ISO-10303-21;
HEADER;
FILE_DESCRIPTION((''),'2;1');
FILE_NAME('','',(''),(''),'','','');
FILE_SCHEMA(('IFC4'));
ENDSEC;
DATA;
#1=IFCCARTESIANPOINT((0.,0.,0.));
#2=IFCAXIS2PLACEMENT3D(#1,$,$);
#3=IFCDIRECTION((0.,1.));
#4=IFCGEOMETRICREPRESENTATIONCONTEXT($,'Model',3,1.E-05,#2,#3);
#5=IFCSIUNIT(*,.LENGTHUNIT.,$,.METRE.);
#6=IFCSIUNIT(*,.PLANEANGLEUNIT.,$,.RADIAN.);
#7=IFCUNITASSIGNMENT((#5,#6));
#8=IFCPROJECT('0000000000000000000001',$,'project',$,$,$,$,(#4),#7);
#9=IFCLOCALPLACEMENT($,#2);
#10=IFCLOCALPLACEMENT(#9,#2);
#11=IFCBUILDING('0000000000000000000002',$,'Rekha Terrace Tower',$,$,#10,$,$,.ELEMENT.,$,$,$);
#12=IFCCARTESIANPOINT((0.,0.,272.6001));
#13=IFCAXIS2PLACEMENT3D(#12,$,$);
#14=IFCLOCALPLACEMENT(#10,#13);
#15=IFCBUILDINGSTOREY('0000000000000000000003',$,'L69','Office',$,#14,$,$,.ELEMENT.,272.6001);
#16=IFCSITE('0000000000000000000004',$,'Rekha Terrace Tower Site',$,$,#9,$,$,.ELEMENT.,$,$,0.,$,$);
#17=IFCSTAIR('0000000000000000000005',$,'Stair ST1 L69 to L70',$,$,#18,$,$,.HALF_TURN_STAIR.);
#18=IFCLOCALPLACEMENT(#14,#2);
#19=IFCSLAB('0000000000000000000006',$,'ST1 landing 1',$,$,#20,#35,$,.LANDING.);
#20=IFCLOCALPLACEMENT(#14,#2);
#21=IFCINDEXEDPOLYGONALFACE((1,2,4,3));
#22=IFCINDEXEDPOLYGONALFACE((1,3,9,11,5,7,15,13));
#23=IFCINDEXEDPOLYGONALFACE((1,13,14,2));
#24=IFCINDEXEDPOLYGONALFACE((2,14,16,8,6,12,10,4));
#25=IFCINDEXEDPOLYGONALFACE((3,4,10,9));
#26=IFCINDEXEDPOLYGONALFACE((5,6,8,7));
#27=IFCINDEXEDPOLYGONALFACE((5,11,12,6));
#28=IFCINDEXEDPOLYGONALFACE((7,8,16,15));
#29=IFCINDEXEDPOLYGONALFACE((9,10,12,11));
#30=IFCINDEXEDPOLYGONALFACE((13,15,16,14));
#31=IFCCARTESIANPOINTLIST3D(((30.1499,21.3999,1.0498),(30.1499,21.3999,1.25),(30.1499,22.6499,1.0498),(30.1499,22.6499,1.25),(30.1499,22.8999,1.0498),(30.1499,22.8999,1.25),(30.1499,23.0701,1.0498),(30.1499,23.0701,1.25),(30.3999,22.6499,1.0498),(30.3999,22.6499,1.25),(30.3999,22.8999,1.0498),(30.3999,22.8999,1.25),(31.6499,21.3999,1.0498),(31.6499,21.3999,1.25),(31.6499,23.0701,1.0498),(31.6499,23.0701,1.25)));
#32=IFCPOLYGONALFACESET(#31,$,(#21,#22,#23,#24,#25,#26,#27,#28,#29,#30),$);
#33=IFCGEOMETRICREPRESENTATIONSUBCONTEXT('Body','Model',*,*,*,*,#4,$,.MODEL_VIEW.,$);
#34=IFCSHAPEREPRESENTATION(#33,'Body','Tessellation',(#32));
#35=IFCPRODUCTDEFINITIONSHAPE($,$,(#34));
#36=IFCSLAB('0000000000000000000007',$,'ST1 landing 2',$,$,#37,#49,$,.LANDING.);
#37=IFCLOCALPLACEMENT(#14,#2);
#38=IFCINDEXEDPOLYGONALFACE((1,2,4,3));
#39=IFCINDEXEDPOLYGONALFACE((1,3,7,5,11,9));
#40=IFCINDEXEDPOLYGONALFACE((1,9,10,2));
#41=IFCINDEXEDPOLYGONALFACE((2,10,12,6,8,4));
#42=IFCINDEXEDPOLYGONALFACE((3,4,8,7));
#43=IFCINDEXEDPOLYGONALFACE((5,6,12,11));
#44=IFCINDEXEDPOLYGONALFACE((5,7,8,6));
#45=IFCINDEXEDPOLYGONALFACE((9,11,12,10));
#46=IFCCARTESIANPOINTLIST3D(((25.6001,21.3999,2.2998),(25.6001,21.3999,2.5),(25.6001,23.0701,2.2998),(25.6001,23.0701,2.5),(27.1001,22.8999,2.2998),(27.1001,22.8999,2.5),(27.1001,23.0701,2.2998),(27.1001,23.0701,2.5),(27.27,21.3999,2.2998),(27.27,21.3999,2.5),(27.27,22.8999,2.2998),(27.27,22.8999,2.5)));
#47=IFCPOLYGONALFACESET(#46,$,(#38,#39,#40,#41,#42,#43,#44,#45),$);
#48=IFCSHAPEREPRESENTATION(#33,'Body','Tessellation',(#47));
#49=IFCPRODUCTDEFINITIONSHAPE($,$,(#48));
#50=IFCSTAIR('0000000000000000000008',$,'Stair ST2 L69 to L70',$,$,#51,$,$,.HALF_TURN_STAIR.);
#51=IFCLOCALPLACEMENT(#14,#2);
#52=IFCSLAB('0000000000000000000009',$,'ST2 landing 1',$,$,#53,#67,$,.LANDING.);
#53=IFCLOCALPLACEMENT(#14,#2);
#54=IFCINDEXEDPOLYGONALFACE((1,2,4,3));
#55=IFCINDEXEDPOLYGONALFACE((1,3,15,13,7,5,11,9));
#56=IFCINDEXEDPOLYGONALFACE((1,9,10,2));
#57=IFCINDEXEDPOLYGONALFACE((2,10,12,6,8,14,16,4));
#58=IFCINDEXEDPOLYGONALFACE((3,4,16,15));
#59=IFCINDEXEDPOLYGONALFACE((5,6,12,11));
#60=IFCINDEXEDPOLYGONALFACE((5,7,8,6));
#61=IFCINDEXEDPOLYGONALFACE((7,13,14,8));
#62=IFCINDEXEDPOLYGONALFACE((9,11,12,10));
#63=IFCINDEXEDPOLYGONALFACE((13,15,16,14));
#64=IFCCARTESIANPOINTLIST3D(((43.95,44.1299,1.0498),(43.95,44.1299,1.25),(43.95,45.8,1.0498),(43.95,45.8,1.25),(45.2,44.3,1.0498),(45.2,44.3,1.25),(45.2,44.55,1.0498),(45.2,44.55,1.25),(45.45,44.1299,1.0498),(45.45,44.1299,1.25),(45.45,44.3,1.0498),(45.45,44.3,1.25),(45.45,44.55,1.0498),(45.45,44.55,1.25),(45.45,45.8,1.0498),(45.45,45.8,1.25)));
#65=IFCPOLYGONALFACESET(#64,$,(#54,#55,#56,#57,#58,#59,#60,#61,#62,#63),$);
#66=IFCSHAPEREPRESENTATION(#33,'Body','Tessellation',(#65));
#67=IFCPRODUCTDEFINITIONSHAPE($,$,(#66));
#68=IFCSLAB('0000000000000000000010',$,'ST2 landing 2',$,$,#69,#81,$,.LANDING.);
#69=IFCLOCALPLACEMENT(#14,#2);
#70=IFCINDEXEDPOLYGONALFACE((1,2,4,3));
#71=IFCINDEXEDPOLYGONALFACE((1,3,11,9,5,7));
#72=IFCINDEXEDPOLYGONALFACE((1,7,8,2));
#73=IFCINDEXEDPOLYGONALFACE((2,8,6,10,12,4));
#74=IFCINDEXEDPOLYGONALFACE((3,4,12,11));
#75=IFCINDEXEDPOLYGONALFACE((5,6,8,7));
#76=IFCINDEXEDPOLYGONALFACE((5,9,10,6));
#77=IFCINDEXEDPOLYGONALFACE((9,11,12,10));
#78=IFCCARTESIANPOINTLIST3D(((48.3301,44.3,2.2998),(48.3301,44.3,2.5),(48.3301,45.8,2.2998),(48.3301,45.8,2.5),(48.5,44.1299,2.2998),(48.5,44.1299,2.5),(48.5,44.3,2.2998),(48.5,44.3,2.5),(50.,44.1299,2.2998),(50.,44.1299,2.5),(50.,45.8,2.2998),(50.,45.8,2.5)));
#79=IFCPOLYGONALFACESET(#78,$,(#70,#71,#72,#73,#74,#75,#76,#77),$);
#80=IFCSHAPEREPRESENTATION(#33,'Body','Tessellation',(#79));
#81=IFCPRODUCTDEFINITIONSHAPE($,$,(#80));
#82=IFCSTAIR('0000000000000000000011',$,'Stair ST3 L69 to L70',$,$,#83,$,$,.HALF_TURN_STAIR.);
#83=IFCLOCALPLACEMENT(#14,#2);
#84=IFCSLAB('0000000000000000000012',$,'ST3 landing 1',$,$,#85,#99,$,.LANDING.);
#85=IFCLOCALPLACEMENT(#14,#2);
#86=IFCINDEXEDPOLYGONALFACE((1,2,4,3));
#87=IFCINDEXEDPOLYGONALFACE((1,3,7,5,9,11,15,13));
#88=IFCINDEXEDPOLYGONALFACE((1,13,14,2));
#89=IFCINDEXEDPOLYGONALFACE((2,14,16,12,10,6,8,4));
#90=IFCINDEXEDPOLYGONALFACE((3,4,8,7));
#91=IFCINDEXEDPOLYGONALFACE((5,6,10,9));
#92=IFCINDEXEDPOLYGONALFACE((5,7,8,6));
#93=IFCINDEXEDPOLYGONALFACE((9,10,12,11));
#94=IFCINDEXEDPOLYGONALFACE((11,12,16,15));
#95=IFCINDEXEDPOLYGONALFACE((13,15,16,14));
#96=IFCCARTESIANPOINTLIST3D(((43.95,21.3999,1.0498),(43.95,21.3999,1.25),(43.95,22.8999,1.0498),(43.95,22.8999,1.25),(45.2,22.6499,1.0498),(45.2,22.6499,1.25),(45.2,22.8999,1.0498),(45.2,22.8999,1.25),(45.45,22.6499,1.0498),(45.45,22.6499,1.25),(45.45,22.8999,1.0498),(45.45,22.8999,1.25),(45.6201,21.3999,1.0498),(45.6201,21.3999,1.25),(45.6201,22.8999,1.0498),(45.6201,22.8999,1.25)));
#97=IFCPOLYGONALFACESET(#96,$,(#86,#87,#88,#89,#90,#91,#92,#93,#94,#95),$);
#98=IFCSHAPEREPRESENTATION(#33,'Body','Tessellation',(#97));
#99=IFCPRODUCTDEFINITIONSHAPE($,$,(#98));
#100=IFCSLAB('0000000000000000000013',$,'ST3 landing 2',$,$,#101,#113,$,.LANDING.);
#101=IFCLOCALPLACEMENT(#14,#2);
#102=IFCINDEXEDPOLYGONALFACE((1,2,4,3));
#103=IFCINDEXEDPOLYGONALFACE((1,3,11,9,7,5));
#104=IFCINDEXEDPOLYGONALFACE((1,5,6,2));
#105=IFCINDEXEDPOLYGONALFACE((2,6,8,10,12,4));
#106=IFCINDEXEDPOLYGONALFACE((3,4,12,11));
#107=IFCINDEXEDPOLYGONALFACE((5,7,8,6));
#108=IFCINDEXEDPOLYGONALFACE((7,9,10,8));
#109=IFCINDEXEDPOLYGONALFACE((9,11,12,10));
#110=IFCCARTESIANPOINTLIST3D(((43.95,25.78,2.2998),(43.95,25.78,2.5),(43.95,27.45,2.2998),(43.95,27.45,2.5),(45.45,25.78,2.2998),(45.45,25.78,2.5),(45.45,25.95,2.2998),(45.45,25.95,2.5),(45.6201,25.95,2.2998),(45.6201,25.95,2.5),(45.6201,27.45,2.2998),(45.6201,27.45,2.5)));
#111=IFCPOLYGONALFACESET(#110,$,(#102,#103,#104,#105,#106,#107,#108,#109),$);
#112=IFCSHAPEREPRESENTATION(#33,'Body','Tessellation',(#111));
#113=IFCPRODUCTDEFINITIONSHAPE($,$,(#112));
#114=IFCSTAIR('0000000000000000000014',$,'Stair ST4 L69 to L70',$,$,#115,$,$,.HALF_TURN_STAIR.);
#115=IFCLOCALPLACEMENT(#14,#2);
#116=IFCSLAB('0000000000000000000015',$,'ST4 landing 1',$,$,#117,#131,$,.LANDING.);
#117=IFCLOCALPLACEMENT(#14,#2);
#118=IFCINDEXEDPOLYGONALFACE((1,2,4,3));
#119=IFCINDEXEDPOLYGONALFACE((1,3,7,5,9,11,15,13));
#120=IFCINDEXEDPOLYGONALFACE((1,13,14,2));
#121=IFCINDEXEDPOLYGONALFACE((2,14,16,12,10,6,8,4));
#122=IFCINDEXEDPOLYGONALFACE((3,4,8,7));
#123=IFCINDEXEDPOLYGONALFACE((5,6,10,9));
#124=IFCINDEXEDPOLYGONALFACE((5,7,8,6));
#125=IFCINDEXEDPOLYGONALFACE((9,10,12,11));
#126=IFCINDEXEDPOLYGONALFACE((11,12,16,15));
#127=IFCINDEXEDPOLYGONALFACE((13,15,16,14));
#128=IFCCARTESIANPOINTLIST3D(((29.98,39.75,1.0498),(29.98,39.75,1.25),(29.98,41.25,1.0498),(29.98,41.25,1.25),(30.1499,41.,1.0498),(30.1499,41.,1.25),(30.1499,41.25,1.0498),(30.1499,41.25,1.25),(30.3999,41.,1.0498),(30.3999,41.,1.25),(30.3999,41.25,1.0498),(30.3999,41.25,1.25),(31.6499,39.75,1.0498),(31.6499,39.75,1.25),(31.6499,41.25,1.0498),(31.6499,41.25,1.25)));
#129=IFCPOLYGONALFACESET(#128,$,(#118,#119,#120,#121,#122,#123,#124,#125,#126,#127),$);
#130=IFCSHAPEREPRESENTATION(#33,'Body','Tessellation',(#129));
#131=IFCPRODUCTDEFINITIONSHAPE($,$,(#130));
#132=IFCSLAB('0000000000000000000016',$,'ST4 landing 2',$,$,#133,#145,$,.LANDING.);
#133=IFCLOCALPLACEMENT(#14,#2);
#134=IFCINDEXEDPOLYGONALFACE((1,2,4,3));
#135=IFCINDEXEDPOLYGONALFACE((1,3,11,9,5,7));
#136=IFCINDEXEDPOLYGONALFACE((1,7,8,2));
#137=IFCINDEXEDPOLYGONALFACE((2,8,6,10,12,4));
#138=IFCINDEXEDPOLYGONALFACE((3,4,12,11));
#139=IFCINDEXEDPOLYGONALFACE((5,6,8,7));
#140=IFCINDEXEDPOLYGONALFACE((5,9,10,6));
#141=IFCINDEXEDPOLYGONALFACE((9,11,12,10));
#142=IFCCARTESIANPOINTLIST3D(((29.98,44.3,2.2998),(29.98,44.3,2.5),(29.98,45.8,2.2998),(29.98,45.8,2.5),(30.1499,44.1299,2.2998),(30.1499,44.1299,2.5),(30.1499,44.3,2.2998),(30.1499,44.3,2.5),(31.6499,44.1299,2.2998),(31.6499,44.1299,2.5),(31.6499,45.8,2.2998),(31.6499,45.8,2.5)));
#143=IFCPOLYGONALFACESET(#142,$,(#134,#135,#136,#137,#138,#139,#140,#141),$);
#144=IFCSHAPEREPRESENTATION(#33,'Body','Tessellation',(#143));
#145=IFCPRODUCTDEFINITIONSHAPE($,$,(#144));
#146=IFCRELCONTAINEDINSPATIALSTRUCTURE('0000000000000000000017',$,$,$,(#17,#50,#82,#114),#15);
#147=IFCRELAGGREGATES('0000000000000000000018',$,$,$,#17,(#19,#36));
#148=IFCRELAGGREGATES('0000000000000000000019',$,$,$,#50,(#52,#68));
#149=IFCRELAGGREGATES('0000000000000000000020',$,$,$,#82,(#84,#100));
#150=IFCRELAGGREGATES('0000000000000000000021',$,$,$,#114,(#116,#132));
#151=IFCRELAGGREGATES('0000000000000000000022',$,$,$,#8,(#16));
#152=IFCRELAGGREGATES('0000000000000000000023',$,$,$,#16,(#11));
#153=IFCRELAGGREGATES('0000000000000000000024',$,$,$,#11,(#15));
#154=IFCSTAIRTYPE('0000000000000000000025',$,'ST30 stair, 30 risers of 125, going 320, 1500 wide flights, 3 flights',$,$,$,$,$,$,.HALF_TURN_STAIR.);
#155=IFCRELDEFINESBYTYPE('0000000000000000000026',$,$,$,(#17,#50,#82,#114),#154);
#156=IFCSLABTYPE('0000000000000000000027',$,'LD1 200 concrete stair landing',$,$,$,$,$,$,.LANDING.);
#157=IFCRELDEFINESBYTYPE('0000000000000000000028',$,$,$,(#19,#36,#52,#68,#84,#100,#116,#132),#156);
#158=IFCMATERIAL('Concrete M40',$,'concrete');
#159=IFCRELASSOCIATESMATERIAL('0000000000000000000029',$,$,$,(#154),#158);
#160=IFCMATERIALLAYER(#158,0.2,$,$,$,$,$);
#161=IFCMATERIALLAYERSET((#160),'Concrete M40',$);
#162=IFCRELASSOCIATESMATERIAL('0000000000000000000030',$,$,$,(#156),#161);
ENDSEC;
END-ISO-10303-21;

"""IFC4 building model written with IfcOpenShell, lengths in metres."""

from ifc_helpers import new_model, si_unit, direction, frame, origin, place, context, subcontext, project, spatial, polyline, outline, extrude, material, layer, layer_set, type_object, element, aggregate, save


model = new_model("IFC4")

# Units and contexts
model_context = context("Model", 3, precision=1e-05, world=origin(), true_north=direction((0.0, 1.0)))
body_context = subcontext(model_context, "Body", "Model", "MODEL_VIEW")
ifc_project = project(units=[si_unit("LENGTHUNIT", "METRE"), si_unit("PLANEANGLEUNIT", "RADIAN")], contexts=[model_context])

# Site, building, storey
site_placement = place(None, origin())
site = spatial("IfcSite", under=ifc_project, at=site_placement, Name="Rekha Terrace Tower Site", CompositionType="ELEMENT", RefElevation=0.0)
building_placement = place(site_placement, origin())
building = spatial("IfcBuilding", under=site, at=building_placement, Name="Rekha Terrace Tower", CompositionType="ELEMENT")
storey_placement = place(building_placement, frame((0.0, 0.0, 272.6001)))
storey = spatial("IfcBuildingStorey", under=building, at=storey_placement, Name="L69", Description="Office", CompositionType="ELEMENT", Elevation=272.6001)

# Stairs, slabs
ifc_material_1 = material(Name="Concrete M40", Category="concrete")
stair_type = type_object("IfcStairType", Name="ST30 stair, 30 risers of 125, going 320, 1500 wide flights, 3 flights", PredefinedType="HALF_TURN_STAIR", material=ifc_material_1)
stair_1_placement = place(storey_placement, origin())
stair_1 = element("IfcStair", 1, at=stair_1_placement, inside=storey, type_object=stair_type, Name="Stair ST1 L69 to L70", PredefinedType="HALF_TURN_STAIR")
ifc_layer_1 = layer(ifc_material_1, 0.2)
ifc_layer_set_1 = layer_set([ifc_layer_1], Name="Concrete M40")
slab_type_1 = type_object("IfcSlabType", Name="LD1 200 concrete stair landing", PredefinedType="LANDING", material=ifc_layer_set_1)
slab_1_placement = place(storey_placement, frame((0.0, 0.0, 1.0498)))
slab_1 = element("IfcSlab", 2, at=slab_1_placement, type_object=slab_type_1, Name="ST1 landing 1", PredefinedType="LANDING", context=body_context, shape_type="SweptSolid", body=[
    extrude(outline(polyline([(30.1499, 21.3999), (31.6499, 21.3999), (31.6499, 23.0701), (30.1499, 23.0701), (30.1499, 22.8999), (30.3999, 22.8999), (30.3999, 22.6499), (30.1499, 22.6499), (30.1499, 21.3999)])), origin(), (0.0, 0.0, 1.0), 0.2002),
])
slab_2_placement = place(storey_placement, frame((0.0, 0.0, 2.2998)))
slab_2 = element("IfcSlab", 3, at=slab_2_placement, type_object=slab_type_1, Name="ST1 landing 2", PredefinedType="LANDING", context=body_context, shape_type="SweptSolid", body=[
    extrude(outline(polyline([(27.1001, 23.0701), (25.6001, 23.0701), (25.6001, 21.3999), (27.27, 21.3999), (27.27, 22.8999), (27.1001, 22.8999), (27.1001, 23.0701)])), origin(), (0.0, 0.0, 1.0), 0.2002),
])
aggregate(stair_1, [slab_1, slab_2])
stair_2_placement = place(storey_placement, origin())
stair_2 = element("IfcStair", 4, at=stair_2_placement, inside=storey, type_object=stair_type, Name="Stair ST2 L69 to L70", PredefinedType="HALF_TURN_STAIR")
slab_3_placement = place(storey_placement, frame((0.0, 0.0, 1.0498)))
slab_3 = element("IfcSlab", 5, at=slab_3_placement, type_object=slab_type_1, Name="ST2 landing 1", PredefinedType="LANDING", context=body_context, shape_type="SweptSolid", body=[
    extrude(outline(polyline([(45.45, 45.8), (43.95, 45.8), (43.95, 44.1299), (45.45, 44.1299), (45.45, 44.3), (45.2, 44.3), (45.2, 44.55), (45.45, 44.55), (45.45, 45.8)])), origin(), (0.0, 0.0, 1.0), 0.2002),
])
slab_4_placement = place(storey_placement, frame((0.0, 0.0, 2.2998)))
slab_4 = element("IfcSlab", 6, at=slab_4_placement, type_object=slab_type_1, Name="ST2 landing 2", PredefinedType="LANDING", context=body_context, shape_type="SweptSolid", body=[
    extrude(outline(polyline([(48.5, 44.1299), (50.0, 44.1299), (50.0, 45.8), (48.3301, 45.8), (48.3301, 44.3), (48.5, 44.3), (48.5, 44.1299)])), origin(), (0.0, 0.0, 1.0), 0.2002),
])
aggregate(stair_2, [slab_3, slab_4])
stair_3_placement = place(storey_placement, origin())
stair_3 = element("IfcStair", 7, at=stair_3_placement, inside=storey, type_object=stair_type, Name="Stair ST3 L69 to L70", PredefinedType="HALF_TURN_STAIR")
slab_5_placement = place(storey_placement, frame((0.0, 0.0, 1.0498)))
slab_5 = element("IfcSlab", 8, at=slab_5_placement, type_object=slab_type_1, Name="ST3 landing 1", PredefinedType="LANDING", context=body_context, shape_type="SweptSolid", body=[
    extrude(outline(polyline([(43.95, 22.8999), (43.95, 21.3999), (45.6201, 21.3999), (45.6201, 22.8999), (45.45, 22.8999), (45.45, 22.6499), (45.2, 22.6499), (45.2, 22.8999), (43.95, 22.8999)])), origin(), (0.0, 0.0, 1.0), 0.2002),
])
slab_6_placement = place(storey_placement, frame((0.0, 0.0, 2.2998)))
slab_6 = element("IfcSlab", 9, at=slab_6_placement, type_object=slab_type_1, Name="ST3 landing 2", PredefinedType="LANDING", context=body_context, shape_type="SweptSolid", body=[
    extrude(outline(polyline([(45.6201, 25.95), (45.6201, 27.45), (43.95, 27.45), (43.95, 25.78), (45.45, 25.78), (45.45, 25.95), (45.6201, 25.95)])), origin(), (0.0, 0.0, 1.0), 0.2002),
])
aggregate(stair_3, [slab_5, slab_6])
stair_4_placement = place(storey_placement, origin())
stair_4 = element("IfcStair", 10, at=stair_4_placement, inside=storey, type_object=stair_type, Name="Stair ST4 L69 to L70", PredefinedType="HALF_TURN_STAIR")
slab_7_placement = place(storey_placement, frame((0.0, 0.0, 1.0498)))
slab_7 = element("IfcSlab", 11, at=slab_7_placement, type_object=slab_type_1, Name="ST4 landing 1", PredefinedType="LANDING", context=body_context, shape_type="SweptSolid", body=[
    extrude(outline(polyline([(31.6499, 41.25), (31.6499, 39.75), (29.98, 39.75), (29.98, 41.25), (30.1499, 41.25), (30.1499, 41.0), (30.3999, 41.0), (30.3999, 41.25), (31.6499, 41.25)])), origin(), (0.0, 0.0, 1.0), 0.2002),
])
slab_8_placement = place(storey_placement, frame((0.0, 0.0, 2.2998)))
slab_8 = element("IfcSlab", 12, at=slab_8_placement, type_object=slab_type_1, Name="ST4 landing 2", PredefinedType="LANDING", context=body_context, shape_type="SweptSolid", body=[
    extrude(outline(polyline([(29.98, 44.3), (29.98, 45.8), (31.6499, 45.8), (31.6499, 44.1299), (30.1499, 44.1299), (30.1499, 44.3), (29.98, 44.3)])), origin(), (0.0, 0.0, 1.0), 0.2002),
])
aggregate(stair_4, [slab_7, slab_8])

save(model, "model.ifc")
